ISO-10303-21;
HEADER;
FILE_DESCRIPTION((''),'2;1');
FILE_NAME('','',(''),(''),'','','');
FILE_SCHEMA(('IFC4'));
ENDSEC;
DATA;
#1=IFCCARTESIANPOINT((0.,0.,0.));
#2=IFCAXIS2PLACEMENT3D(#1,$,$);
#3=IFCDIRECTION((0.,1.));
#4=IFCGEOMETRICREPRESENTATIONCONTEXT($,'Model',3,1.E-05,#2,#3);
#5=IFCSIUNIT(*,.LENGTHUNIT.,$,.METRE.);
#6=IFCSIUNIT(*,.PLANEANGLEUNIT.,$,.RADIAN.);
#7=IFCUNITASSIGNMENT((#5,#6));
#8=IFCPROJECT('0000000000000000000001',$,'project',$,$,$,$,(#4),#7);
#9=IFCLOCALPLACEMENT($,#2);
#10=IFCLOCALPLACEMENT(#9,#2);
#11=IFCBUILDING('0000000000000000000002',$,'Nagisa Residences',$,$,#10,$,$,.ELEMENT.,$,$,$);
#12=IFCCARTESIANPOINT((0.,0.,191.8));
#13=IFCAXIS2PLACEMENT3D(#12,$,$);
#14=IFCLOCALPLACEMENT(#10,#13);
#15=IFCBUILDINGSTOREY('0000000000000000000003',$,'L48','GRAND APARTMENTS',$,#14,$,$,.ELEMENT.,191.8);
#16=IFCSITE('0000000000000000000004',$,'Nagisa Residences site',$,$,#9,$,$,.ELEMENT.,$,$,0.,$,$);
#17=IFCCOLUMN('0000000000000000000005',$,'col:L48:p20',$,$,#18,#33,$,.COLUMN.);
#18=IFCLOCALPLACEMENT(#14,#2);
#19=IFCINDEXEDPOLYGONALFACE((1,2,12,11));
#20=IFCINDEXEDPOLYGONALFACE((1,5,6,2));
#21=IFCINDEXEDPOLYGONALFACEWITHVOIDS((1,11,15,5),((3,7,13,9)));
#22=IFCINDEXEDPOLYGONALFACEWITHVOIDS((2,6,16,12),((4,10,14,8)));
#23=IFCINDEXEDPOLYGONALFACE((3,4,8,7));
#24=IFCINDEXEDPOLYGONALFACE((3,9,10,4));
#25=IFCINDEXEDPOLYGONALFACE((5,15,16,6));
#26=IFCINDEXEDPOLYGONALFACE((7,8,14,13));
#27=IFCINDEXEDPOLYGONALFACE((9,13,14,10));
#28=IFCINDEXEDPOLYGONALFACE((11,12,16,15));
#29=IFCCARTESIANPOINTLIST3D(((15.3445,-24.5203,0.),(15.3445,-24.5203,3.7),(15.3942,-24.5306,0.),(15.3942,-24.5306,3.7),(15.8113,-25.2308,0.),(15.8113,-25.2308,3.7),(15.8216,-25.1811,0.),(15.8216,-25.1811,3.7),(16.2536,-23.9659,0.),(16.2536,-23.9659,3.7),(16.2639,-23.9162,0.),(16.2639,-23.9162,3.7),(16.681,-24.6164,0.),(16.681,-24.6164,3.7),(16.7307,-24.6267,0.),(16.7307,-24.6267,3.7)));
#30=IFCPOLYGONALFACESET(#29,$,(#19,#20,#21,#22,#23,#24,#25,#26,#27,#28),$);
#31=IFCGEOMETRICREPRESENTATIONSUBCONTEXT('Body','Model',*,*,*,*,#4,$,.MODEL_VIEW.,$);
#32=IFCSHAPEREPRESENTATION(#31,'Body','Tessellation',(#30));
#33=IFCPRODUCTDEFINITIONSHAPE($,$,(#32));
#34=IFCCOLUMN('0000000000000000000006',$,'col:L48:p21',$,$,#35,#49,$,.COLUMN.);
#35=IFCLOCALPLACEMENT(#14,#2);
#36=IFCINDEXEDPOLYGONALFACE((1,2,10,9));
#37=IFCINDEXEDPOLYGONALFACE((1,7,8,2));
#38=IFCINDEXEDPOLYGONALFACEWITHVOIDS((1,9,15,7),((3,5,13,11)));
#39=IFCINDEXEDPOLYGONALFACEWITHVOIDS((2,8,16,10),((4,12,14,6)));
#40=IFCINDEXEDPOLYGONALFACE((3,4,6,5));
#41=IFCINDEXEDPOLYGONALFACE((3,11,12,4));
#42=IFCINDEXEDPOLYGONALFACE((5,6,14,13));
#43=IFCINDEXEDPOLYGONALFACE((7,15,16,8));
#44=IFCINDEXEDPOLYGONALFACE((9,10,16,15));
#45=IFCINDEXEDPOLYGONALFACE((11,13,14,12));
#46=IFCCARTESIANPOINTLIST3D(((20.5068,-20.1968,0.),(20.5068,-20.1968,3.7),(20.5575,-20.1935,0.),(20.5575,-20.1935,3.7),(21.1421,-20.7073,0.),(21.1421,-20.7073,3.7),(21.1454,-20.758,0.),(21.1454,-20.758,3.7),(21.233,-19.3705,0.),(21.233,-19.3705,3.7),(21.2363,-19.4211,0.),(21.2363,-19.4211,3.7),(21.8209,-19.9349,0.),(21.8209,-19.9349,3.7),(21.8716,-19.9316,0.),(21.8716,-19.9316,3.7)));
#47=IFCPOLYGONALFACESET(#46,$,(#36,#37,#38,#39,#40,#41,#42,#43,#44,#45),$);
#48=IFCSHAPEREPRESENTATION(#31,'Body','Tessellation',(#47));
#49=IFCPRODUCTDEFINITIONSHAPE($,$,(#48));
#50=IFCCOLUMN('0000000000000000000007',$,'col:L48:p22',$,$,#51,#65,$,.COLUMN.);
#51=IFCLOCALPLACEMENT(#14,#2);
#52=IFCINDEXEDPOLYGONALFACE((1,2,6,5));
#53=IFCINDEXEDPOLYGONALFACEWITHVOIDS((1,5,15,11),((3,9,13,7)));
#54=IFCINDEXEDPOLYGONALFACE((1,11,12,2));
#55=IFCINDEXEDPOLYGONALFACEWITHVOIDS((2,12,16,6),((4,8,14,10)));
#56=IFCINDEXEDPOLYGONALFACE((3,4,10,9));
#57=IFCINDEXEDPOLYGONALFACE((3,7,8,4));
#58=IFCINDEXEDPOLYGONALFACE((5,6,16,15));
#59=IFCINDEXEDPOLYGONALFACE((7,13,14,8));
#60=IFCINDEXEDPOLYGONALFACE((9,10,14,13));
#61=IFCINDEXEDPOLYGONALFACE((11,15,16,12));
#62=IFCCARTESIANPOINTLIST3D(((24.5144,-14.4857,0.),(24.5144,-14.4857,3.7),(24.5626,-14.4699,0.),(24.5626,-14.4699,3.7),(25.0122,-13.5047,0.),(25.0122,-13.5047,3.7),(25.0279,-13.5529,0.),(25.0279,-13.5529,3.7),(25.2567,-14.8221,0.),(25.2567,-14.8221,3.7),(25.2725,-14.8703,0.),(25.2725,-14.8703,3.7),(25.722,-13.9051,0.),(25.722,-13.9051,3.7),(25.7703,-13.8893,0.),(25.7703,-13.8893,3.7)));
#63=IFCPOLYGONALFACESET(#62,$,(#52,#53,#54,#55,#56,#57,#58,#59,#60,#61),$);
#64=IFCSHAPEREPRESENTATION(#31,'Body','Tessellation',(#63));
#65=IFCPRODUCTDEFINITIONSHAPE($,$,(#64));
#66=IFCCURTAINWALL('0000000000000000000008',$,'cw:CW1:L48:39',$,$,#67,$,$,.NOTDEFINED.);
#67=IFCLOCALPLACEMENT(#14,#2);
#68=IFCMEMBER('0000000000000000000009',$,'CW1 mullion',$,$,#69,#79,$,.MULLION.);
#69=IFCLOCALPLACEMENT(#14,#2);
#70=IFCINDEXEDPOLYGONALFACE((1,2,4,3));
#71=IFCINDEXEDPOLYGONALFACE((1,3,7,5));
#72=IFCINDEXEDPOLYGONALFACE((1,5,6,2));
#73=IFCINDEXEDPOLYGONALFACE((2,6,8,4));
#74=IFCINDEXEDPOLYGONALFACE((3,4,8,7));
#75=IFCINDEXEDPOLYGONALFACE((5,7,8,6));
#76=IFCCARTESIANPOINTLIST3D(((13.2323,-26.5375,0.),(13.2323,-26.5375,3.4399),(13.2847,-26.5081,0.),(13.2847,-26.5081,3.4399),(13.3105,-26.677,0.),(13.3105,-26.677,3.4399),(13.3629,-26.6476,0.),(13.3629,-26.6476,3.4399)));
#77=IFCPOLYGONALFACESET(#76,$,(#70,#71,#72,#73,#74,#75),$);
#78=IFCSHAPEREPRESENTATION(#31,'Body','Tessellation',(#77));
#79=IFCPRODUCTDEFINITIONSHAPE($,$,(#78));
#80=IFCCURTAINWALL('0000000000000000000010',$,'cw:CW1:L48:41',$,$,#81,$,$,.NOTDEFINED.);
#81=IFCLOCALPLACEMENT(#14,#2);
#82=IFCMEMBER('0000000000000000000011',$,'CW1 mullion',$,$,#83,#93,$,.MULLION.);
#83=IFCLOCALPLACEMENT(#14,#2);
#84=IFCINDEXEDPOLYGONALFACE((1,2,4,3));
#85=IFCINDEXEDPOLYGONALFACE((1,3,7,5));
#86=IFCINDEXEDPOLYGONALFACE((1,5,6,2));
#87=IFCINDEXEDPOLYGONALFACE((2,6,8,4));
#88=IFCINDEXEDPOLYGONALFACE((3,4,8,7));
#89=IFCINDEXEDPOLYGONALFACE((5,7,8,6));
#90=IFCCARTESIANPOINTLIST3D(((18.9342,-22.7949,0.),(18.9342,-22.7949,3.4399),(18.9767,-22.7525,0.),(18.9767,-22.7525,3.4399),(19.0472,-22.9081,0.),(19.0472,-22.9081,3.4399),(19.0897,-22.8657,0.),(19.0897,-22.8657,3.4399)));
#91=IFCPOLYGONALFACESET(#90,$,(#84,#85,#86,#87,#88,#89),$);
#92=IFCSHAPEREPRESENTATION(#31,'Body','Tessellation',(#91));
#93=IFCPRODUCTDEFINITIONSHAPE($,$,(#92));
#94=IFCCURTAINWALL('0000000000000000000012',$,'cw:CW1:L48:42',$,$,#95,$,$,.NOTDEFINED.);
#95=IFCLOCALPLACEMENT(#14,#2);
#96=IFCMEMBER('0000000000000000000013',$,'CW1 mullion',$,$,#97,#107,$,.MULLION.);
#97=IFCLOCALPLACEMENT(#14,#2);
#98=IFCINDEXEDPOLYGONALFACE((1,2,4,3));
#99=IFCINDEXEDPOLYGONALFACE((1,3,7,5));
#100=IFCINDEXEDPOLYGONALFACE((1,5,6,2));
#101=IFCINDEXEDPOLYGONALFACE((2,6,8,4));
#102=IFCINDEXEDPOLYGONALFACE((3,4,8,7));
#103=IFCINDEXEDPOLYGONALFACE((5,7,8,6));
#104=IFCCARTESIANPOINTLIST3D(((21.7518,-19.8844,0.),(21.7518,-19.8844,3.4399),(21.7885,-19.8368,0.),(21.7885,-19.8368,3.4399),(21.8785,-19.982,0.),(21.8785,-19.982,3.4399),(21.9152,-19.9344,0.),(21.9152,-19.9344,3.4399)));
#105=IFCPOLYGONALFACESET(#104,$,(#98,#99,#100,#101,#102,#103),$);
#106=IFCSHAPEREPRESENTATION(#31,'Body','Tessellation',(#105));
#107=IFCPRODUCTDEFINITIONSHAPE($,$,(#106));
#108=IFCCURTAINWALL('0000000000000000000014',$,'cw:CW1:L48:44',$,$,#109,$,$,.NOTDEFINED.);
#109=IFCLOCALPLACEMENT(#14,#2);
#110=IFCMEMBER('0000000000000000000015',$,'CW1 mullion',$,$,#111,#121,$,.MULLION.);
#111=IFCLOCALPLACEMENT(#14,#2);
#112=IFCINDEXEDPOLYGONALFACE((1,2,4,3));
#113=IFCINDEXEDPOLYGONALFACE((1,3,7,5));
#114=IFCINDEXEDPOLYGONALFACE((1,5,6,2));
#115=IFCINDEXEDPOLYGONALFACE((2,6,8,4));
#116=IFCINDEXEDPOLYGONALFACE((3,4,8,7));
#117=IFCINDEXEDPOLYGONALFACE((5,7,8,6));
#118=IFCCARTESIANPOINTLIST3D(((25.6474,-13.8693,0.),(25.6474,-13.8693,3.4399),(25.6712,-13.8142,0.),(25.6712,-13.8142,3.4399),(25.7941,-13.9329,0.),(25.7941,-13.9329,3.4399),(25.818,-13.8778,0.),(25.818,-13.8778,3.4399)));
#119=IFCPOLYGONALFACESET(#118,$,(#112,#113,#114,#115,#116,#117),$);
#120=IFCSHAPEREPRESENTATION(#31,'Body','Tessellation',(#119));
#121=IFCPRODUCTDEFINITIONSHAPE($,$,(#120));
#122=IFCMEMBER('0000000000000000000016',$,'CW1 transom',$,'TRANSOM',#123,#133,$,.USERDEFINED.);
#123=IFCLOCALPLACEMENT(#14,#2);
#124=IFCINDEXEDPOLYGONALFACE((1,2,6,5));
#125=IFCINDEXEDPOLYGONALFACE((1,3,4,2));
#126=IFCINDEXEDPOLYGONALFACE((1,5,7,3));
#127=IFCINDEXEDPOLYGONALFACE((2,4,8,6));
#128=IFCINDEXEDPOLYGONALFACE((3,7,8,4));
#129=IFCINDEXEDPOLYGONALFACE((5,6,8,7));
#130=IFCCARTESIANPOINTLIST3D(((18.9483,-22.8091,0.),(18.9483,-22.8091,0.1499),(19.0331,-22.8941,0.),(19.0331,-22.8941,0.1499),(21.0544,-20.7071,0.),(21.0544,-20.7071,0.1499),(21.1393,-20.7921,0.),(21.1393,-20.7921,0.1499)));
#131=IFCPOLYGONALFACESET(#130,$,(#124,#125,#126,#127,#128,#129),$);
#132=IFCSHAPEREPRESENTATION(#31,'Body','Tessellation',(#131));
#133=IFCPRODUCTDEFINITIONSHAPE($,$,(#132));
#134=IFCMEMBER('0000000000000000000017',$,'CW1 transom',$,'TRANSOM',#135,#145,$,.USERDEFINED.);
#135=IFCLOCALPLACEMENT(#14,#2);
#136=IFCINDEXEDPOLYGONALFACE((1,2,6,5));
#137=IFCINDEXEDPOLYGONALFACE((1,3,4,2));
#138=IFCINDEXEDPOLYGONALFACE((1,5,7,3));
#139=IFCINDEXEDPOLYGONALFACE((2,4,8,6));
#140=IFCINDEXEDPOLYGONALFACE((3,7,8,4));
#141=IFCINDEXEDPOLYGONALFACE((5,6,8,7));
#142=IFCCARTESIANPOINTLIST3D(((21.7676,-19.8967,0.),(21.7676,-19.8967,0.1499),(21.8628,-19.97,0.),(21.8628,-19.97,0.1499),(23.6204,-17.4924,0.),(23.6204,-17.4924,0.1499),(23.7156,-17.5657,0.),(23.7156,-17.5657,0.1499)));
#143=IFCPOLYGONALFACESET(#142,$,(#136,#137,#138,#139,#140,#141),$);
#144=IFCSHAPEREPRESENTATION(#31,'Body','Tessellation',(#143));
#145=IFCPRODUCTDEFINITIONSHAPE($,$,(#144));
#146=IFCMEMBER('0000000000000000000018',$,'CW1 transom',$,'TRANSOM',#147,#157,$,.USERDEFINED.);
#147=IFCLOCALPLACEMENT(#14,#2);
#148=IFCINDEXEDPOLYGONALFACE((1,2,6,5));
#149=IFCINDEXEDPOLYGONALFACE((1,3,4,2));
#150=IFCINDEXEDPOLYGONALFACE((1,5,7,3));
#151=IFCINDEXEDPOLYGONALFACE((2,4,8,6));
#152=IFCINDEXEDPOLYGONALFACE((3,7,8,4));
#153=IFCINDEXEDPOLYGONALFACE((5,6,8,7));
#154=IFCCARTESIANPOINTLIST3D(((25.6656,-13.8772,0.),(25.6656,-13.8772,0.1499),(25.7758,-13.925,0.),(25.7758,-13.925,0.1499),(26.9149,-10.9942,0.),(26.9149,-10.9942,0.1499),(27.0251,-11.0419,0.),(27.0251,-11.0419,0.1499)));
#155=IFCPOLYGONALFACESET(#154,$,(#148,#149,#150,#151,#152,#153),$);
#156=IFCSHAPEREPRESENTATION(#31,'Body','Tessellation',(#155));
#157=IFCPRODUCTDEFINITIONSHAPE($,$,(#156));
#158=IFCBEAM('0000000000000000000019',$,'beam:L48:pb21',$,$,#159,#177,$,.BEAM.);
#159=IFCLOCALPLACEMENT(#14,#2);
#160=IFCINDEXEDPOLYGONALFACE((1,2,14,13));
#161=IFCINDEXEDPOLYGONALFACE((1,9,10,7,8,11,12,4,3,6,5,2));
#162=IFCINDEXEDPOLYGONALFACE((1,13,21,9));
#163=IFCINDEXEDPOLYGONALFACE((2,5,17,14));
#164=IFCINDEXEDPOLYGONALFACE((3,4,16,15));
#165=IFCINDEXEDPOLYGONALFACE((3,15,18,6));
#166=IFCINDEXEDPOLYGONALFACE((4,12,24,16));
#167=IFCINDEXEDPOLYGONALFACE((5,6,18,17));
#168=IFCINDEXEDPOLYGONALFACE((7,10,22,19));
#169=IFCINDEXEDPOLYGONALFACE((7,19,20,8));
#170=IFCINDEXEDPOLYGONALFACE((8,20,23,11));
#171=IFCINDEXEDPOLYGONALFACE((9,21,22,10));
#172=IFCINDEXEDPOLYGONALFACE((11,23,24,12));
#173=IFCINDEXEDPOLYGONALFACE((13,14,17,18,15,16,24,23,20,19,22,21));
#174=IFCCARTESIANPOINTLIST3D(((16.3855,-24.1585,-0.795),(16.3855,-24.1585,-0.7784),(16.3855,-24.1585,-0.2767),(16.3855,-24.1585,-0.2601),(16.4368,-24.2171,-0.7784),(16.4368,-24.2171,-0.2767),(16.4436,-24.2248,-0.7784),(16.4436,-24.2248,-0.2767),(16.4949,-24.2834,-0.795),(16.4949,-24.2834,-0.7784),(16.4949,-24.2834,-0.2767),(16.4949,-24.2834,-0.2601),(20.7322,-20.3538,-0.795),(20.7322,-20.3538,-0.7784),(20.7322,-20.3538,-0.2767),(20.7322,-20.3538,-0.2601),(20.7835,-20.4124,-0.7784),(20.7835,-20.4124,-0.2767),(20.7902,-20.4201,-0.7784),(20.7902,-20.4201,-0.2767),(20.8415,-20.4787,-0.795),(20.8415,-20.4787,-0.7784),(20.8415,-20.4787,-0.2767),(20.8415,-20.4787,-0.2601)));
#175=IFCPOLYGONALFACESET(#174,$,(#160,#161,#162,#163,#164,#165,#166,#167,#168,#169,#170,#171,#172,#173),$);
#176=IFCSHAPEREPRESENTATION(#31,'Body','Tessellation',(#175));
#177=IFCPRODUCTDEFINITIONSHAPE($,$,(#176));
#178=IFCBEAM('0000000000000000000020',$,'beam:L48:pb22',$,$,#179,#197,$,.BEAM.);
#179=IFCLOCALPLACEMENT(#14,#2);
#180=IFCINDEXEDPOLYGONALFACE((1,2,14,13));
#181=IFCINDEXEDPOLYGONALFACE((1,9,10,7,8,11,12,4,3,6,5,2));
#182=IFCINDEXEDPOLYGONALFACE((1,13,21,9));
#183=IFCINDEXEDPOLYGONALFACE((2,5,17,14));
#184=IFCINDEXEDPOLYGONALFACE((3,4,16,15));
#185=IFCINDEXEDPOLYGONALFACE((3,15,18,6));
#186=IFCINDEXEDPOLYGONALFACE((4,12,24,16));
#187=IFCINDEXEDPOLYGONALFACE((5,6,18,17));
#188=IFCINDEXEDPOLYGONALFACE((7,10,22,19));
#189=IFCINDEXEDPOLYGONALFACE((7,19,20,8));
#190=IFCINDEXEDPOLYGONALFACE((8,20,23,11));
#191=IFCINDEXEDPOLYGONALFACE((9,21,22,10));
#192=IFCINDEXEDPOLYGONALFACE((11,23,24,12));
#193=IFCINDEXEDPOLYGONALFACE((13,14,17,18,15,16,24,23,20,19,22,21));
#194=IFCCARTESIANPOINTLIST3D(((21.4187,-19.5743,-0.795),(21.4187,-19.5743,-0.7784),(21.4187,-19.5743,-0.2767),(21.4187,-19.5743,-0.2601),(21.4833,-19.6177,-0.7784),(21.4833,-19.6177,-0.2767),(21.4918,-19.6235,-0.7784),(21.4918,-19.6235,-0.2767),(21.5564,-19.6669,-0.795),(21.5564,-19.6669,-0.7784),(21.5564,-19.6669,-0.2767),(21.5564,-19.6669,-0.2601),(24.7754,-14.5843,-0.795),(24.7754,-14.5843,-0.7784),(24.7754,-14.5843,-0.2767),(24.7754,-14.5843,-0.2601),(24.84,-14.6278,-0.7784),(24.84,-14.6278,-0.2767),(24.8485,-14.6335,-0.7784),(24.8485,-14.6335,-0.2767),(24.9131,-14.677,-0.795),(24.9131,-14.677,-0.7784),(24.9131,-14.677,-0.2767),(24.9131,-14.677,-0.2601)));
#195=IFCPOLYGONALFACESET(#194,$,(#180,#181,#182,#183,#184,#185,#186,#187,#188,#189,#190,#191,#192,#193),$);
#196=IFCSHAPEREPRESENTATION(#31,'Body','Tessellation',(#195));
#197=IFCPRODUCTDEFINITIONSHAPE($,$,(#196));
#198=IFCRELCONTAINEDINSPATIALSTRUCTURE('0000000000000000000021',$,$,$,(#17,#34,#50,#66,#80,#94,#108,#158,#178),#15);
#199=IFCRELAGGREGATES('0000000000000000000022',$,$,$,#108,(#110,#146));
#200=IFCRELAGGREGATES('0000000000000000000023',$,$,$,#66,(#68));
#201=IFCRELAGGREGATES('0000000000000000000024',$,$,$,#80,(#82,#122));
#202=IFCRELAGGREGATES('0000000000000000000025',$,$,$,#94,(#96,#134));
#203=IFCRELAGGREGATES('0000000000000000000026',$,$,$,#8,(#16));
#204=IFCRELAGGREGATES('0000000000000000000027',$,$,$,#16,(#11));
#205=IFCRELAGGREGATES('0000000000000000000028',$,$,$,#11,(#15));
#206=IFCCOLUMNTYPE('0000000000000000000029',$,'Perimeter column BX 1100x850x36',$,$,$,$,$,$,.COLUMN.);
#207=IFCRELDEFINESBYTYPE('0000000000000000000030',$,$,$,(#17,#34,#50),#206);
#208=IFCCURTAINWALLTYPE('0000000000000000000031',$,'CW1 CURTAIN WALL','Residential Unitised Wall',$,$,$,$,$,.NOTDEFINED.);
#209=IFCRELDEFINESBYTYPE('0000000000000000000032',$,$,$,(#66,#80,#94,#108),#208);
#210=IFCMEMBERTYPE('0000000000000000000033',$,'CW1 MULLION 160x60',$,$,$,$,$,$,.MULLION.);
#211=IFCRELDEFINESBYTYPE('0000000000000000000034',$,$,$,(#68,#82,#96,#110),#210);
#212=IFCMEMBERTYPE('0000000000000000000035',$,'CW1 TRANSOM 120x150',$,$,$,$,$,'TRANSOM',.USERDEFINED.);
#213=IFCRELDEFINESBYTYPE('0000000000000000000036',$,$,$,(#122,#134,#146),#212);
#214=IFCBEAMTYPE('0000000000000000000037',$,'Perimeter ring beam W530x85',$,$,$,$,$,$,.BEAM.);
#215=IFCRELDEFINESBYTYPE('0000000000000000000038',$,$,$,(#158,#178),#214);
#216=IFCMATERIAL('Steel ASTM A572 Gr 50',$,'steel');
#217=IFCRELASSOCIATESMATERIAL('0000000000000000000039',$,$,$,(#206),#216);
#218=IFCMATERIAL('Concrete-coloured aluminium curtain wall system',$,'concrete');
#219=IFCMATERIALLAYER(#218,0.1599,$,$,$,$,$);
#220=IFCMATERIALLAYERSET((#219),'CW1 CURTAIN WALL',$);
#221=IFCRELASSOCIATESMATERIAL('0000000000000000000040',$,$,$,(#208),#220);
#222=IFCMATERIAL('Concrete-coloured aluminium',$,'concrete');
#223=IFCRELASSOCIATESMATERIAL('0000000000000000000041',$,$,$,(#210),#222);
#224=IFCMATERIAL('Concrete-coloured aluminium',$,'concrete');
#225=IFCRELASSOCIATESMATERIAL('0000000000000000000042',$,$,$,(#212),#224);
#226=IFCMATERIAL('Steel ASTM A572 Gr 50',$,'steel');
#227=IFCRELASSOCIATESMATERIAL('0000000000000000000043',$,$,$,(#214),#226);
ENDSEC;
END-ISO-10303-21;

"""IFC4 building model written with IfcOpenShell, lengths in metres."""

from ifc_helpers import new_model, si_unit, direction, frame, origin, origin_2d, place, context, subcontext, project, spatial, rectangle, hollow_rectangle, i_section, extrude, material, layer, layer_set, material_profile, profile_set, type_object, element, aggregate, save


model = new_model("IFC4")

# Units and contexts
model_context = context("Model", 3, precision=1e-05, world=origin(), true_north=direction((0.0, 1.0)))
body_context = subcontext(model_context, "Body", "Model", "MODEL_VIEW")
ifc_project = project(units=[si_unit("LENGTHUNIT", "METRE"), si_unit("PLANEANGLEUNIT", "RADIAN")], contexts=[model_context])

# Site, building, storey
site_placement = place(None, origin())
site = spatial("IfcSite", under=ifc_project, at=site_placement, Name="Nagisa Residences site", CompositionType="ELEMENT", RefElevation=0.0)
building_placement = place(site_placement, origin())
building = spatial("IfcBuilding", under=site, at=building_placement, Name="Nagisa Residences", CompositionType="ELEMENT")
storey_placement = place(building_placement, frame((0.0, 0.0, 191.8)))
storey = spatial("IfcBuildingStorey", under=building, at=storey_placement, Name="L48", Description="GRAND APARTMENTS", CompositionType="ELEMENT", Elevation=191.8)

# Columns
ifc_material_1 = material(Name="Steel ASTM A572 Gr 50", Category="steel")
ifc_material_profile_1 = material_profile(ifc_material_1, hollow_rectangle(XDim=1.1001, YDim=0.8501, WallThickness=0.0359, at=origin_2d()), Name="BX 1100x850x36")
ifc_profile_set_1 = profile_set([ifc_material_profile_1], Name="Steel ASTM A572 Gr 50")
column_type = type_object("IfcColumnType", Name="Perimeter column BX 1100x850x36", PredefinedType="COLUMN", material=ifc_profile_set_1)
for number, where, z_axis, x_axis, name in (
    (1, (16.0376, -24.5735, 0.0), (0.0, 0.0, 1.0), (0.835766, 0.549086, 0.0), "col:L48:p20"),
    (2, (21.1892, -20.0642, 0.0), (0.0, 0.0, 1.0), (0.660115, 0.751165, 0.0), "col:L48:p21"),
    (3, (25.1423, -14.1875, 0.0), (0.0, 0.0, 1.0), (0.452463, 0.891783, 0.0), "col:L48:p22"),
):
    element("IfcColumn", number, at=place(storey_placement, frame(where, z_axis=z_axis, x_axis=x_axis)), inside=storey, type_object=column_type, Name=name, PredefinedType="COLUMN", context=body_context, shape_type="SweptSolid", body=[
        extrude(hollow_rectangle(XDim=1.1001, YDim=0.8501, WallThickness=0.0359, at=origin_2d()), origin(), (0.0, 0.0, 1.0), 3.7),
    ])

# Curtain walls, members
ifc_material_2 = material(Name="Concrete-coloured aluminium curtain wall system", Category="concrete")
ifc_layer_1 = layer(ifc_material_2, 0.1599)
ifc_layer_set_1 = layer_set([ifc_layer_1], Name="CW1 CURTAIN WALL")
curtain_wall_type = type_object("IfcCurtainWallType", Name="CW1 CURTAIN WALL", Description="Residential Unitised Wall", PredefinedType="NOTDEFINED", material=ifc_layer_set_1)
curtain_wall_1_placement = place(storey_placement, origin())
curtain_wall_1 = element("IfcCurtainWall", 4, at=curtain_wall_1_placement, inside=storey, type_object=curtain_wall_type, Name="cw:CW1:L48:39", PredefinedType="NOTDEFINED")
ifc_material_3 = material(Name="Concrete-coloured aluminium", Category="concrete")
ifc_material_profile_2 = material_profile(ifc_material_3, rectangle(XDim=0.1599, YDim=0.0601, at=origin_2d()), Name="CW1 MULLION 160x60")
ifc_profile_set_2 = profile_set([ifc_material_profile_2], Name="Concrete-coloured aluminium")
member_type_1 = type_object("IfcMemberType", Name="CW1 MULLION 160x60", PredefinedType="MULLION", material=ifc_profile_set_2)
member_1_placement = place(storey_placement, frame((13.2976, -26.5925, 0.0), z_axis=(0.0, 0.0, 1.0), x_axis=(-0.489377, 0.872072, 0.0)))
member_1 = element("IfcMember", 5, at=member_1_placement, type_object=member_type_1, Name="CW1 mullion", PredefinedType="MULLION", context=body_context, shape_type="SweptSolid", body=[
    extrude(rectangle(XDim=0.1599, YDim=0.0601, at=origin_2d()), origin(), (0.0, 0.0, 1.0), 3.4399),
])
curtain_wall_2_placement = place(storey_placement, origin())
curtain_wall_2 = element("IfcCurtainWall", 6, at=curtain_wall_2_placement, inside=storey, type_object=curtain_wall_type, Name="cw:CW1:L48:41", PredefinedType="NOTDEFINED")
member_2_placement = place(storey_placement, frame((19.012, -22.8303, 0.0), z_axis=(0.0, 0.0, 1.0), x_axis=(-0.706377, 0.707836, 0.0)))
member_2 = element("IfcMember", 7, at=member_2_placement, type_object=member_type_1, Name="CW1 mullion", PredefinedType="MULLION", context=body_context, shape_type="SweptSolid", body=[
    extrude(rectangle(XDim=0.1599, YDim=0.0601, at=origin_2d()), origin(), (0.0, 0.0, 1.0), 3.4399),
])
curtain_wall_3_placement = place(storey_placement, origin())
curtain_wall_3 = element("IfcCurtainWall", 8, at=curtain_wall_3_placement, inside=storey, type_object=curtain_wall_type, Name="cw:CW1:L48:42", PredefinedType="NOTDEFINED")
member_3_placement = place(storey_placement, frame((21.8335, -19.9094, 0.0), z_axis=(0.0, 0.0, 1.0), x_axis=(-0.79207, 0.61043, 0.0)))
member_3 = element("IfcMember", 9, at=member_3_placement, type_object=member_type_1, Name="CW1 mullion", PredefinedType="MULLION", context=body_context, shape_type="SweptSolid", body=[
    extrude(rectangle(XDim=0.1599, YDim=0.0601, at=origin_2d()), origin(), (0.0, 0.0, 1.0), 3.4399),
])
curtain_wall_4_placement = place(storey_placement, origin())
curtain_wall_4 = element("IfcCurtainWall", 10, at=curtain_wall_4_placement, inside=storey, type_object=curtain_wall_type, Name="cw:CW1:L48:44", PredefinedType="NOTDEFINED")
member_4_placement = place(storey_placement, frame((25.7327, -13.8735, 0.0), z_axis=(0.0, 0.0, 1.0), x_axis=(-0.917543, 0.397636, 0.0)))
member_4 = element("IfcMember", 11, at=member_4_placement, type_object=member_type_1, Name="CW1 mullion", PredefinedType="MULLION", context=body_context, shape_type="SweptSolid", body=[
    extrude(rectangle(XDim=0.1599, YDim=0.0601, at=origin_2d()), origin(), (0.0, 0.0, 1.0), 3.4399),
])

# Members
ifc_material_4 = material(Name="Concrete-coloured aluminium", Category="concrete")
ifc_material_profile_3 = material_profile(ifc_material_4, rectangle(XDim=0.1201, YDim=0.1499, at=origin_2d()), Name="CW1 TRANSOM 120x150")
ifc_profile_set_3 = profile_set([ifc_material_profile_3], Name="Concrete-coloured aluminium")
member_type_2 = type_object("IfcMemberType", Name="CW1 TRANSOM 120x150", ElementType="TRANSOM", PredefinedType="USERDEFINED", material=ifc_profile_set_3)
member_5_placement = place(storey_placement, frame((18.9907, -22.8516, 0.075), z_axis=(0.707804, 0.706409, 0.0), x_axis=(-0.706409, 0.707804, 0.0)))
member_5 = element("IfcMember", 12, at=member_5_placement, type_object=member_type_2, Name="CW1 transom", ObjectType="TRANSOM", PredefinedType="USERDEFINED", context=body_context, shape_type="SweptSolid", body=[
    extrude(rectangle(XDim=0.1201, YDim=0.1499, at=origin_2d()), origin(), (0.0, 0.0, 1.0), 2.9756),
])
member_6_placement = place(storey_placement, frame((21.8152, -19.9333, 0.075), z_axis=(0.610399, 0.792094, 0.0), x_axis=(-0.792094, 0.610399, 0.0)))
member_6 = element("IfcMember", 13, at=member_6_placement, type_object=member_type_2, Name="CW1 transom", ObjectType="TRANSOM", PredefinedType="USERDEFINED", context=body_context, shape_type="SweptSolid", body=[
    extrude(rectangle(XDim=0.1201, YDim=0.1499, at=origin_2d()), origin(), (0.0, 0.0, 1.0), 3.0354),
])
member_7_placement = place(storey_placement, frame((25.7207, -13.9011, 0.075), z_axis=(0.397592, 0.917562, 0.0), x_axis=(-0.917562, 0.397592, 0.0)))
member_7 = element("IfcMember", 14, at=member_7_placement, type_object=member_type_2, Name="CW1 transom", ObjectType="TRANSOM", PredefinedType="USERDEFINED", context=body_context, shape_type="SweptSolid", body=[
    extrude(rectangle(XDim=0.1201, YDim=0.1499, at=origin_2d()), origin(), (0.0, 0.0, 1.0), 3.1421),
])
aggregate(curtain_wall_4, [member_4, member_7])

# Beams
ifc_material_5 = material(Name="Steel ASTM A572 Gr 50", Category="steel")
ifc_material_profile_4 = material_profile(ifc_material_5, i_section(OverallWidth=0.166, OverallDepth=0.5349, WebThickness=0.0103, FlangeThickness=0.0166, at=origin_2d()), Name="W530x85")
ifc_profile_set_4 = profile_set([ifc_material_profile_4], Name="Steel ASTM A572 Gr 50")
beam_type_1 = type_object("IfcBeamType", Name="Perimeter ring beam W530x85", PredefinedType="BEAM", material=ifc_profile_set_4)
beam_1_placement = place(storey_placement, frame((16.4402, -24.2209, -0.5276), z_axis=(0.752461, 0.658636, 0.0), x_axis=(-0.658636, 0.752461, 0.0)))
element("IfcBeam", 15, at=beam_1_placement, inside=storey, type_object=beam_type_1, Name="beam:L48:pb21", PredefinedType="BEAM", context=body_context, shape_type="SweptSolid", body=[
    extrude(i_section(OverallWidth=0.166, OverallDepth=0.5349, WebThickness=0.0103, FlangeThickness=0.0166, at=origin_2d()), origin(), (0.0, 0.0, 1.0), 5.7766),
])
beam_2_placement = place(storey_placement, frame((21.4875, -19.6206, -0.5276), z_axis=(0.558152, 0.829739, 0.0), x_axis=(-0.829739, 0.558152, 0.0)))
element("IfcBeam", 16, at=beam_2_placement, inside=storey, type_object=beam_type_1, Name="beam:L48:pb22", PredefinedType="BEAM", context=body_context, shape_type="SweptSolid", body=[
    extrude(i_section(OverallWidth=0.166, OverallDepth=0.5349, WebThickness=0.0103, FlangeThickness=0.0166, at=origin_2d()), origin(), (0.0, 0.0, 1.0), 6.0139),
])

aggregate(curtain_wall_1, [member_1])
aggregate(curtain_wall_2, [member_2, member_5])
aggregate(curtain_wall_3, [member_3, member_6])

save(model, "model.ifc")
